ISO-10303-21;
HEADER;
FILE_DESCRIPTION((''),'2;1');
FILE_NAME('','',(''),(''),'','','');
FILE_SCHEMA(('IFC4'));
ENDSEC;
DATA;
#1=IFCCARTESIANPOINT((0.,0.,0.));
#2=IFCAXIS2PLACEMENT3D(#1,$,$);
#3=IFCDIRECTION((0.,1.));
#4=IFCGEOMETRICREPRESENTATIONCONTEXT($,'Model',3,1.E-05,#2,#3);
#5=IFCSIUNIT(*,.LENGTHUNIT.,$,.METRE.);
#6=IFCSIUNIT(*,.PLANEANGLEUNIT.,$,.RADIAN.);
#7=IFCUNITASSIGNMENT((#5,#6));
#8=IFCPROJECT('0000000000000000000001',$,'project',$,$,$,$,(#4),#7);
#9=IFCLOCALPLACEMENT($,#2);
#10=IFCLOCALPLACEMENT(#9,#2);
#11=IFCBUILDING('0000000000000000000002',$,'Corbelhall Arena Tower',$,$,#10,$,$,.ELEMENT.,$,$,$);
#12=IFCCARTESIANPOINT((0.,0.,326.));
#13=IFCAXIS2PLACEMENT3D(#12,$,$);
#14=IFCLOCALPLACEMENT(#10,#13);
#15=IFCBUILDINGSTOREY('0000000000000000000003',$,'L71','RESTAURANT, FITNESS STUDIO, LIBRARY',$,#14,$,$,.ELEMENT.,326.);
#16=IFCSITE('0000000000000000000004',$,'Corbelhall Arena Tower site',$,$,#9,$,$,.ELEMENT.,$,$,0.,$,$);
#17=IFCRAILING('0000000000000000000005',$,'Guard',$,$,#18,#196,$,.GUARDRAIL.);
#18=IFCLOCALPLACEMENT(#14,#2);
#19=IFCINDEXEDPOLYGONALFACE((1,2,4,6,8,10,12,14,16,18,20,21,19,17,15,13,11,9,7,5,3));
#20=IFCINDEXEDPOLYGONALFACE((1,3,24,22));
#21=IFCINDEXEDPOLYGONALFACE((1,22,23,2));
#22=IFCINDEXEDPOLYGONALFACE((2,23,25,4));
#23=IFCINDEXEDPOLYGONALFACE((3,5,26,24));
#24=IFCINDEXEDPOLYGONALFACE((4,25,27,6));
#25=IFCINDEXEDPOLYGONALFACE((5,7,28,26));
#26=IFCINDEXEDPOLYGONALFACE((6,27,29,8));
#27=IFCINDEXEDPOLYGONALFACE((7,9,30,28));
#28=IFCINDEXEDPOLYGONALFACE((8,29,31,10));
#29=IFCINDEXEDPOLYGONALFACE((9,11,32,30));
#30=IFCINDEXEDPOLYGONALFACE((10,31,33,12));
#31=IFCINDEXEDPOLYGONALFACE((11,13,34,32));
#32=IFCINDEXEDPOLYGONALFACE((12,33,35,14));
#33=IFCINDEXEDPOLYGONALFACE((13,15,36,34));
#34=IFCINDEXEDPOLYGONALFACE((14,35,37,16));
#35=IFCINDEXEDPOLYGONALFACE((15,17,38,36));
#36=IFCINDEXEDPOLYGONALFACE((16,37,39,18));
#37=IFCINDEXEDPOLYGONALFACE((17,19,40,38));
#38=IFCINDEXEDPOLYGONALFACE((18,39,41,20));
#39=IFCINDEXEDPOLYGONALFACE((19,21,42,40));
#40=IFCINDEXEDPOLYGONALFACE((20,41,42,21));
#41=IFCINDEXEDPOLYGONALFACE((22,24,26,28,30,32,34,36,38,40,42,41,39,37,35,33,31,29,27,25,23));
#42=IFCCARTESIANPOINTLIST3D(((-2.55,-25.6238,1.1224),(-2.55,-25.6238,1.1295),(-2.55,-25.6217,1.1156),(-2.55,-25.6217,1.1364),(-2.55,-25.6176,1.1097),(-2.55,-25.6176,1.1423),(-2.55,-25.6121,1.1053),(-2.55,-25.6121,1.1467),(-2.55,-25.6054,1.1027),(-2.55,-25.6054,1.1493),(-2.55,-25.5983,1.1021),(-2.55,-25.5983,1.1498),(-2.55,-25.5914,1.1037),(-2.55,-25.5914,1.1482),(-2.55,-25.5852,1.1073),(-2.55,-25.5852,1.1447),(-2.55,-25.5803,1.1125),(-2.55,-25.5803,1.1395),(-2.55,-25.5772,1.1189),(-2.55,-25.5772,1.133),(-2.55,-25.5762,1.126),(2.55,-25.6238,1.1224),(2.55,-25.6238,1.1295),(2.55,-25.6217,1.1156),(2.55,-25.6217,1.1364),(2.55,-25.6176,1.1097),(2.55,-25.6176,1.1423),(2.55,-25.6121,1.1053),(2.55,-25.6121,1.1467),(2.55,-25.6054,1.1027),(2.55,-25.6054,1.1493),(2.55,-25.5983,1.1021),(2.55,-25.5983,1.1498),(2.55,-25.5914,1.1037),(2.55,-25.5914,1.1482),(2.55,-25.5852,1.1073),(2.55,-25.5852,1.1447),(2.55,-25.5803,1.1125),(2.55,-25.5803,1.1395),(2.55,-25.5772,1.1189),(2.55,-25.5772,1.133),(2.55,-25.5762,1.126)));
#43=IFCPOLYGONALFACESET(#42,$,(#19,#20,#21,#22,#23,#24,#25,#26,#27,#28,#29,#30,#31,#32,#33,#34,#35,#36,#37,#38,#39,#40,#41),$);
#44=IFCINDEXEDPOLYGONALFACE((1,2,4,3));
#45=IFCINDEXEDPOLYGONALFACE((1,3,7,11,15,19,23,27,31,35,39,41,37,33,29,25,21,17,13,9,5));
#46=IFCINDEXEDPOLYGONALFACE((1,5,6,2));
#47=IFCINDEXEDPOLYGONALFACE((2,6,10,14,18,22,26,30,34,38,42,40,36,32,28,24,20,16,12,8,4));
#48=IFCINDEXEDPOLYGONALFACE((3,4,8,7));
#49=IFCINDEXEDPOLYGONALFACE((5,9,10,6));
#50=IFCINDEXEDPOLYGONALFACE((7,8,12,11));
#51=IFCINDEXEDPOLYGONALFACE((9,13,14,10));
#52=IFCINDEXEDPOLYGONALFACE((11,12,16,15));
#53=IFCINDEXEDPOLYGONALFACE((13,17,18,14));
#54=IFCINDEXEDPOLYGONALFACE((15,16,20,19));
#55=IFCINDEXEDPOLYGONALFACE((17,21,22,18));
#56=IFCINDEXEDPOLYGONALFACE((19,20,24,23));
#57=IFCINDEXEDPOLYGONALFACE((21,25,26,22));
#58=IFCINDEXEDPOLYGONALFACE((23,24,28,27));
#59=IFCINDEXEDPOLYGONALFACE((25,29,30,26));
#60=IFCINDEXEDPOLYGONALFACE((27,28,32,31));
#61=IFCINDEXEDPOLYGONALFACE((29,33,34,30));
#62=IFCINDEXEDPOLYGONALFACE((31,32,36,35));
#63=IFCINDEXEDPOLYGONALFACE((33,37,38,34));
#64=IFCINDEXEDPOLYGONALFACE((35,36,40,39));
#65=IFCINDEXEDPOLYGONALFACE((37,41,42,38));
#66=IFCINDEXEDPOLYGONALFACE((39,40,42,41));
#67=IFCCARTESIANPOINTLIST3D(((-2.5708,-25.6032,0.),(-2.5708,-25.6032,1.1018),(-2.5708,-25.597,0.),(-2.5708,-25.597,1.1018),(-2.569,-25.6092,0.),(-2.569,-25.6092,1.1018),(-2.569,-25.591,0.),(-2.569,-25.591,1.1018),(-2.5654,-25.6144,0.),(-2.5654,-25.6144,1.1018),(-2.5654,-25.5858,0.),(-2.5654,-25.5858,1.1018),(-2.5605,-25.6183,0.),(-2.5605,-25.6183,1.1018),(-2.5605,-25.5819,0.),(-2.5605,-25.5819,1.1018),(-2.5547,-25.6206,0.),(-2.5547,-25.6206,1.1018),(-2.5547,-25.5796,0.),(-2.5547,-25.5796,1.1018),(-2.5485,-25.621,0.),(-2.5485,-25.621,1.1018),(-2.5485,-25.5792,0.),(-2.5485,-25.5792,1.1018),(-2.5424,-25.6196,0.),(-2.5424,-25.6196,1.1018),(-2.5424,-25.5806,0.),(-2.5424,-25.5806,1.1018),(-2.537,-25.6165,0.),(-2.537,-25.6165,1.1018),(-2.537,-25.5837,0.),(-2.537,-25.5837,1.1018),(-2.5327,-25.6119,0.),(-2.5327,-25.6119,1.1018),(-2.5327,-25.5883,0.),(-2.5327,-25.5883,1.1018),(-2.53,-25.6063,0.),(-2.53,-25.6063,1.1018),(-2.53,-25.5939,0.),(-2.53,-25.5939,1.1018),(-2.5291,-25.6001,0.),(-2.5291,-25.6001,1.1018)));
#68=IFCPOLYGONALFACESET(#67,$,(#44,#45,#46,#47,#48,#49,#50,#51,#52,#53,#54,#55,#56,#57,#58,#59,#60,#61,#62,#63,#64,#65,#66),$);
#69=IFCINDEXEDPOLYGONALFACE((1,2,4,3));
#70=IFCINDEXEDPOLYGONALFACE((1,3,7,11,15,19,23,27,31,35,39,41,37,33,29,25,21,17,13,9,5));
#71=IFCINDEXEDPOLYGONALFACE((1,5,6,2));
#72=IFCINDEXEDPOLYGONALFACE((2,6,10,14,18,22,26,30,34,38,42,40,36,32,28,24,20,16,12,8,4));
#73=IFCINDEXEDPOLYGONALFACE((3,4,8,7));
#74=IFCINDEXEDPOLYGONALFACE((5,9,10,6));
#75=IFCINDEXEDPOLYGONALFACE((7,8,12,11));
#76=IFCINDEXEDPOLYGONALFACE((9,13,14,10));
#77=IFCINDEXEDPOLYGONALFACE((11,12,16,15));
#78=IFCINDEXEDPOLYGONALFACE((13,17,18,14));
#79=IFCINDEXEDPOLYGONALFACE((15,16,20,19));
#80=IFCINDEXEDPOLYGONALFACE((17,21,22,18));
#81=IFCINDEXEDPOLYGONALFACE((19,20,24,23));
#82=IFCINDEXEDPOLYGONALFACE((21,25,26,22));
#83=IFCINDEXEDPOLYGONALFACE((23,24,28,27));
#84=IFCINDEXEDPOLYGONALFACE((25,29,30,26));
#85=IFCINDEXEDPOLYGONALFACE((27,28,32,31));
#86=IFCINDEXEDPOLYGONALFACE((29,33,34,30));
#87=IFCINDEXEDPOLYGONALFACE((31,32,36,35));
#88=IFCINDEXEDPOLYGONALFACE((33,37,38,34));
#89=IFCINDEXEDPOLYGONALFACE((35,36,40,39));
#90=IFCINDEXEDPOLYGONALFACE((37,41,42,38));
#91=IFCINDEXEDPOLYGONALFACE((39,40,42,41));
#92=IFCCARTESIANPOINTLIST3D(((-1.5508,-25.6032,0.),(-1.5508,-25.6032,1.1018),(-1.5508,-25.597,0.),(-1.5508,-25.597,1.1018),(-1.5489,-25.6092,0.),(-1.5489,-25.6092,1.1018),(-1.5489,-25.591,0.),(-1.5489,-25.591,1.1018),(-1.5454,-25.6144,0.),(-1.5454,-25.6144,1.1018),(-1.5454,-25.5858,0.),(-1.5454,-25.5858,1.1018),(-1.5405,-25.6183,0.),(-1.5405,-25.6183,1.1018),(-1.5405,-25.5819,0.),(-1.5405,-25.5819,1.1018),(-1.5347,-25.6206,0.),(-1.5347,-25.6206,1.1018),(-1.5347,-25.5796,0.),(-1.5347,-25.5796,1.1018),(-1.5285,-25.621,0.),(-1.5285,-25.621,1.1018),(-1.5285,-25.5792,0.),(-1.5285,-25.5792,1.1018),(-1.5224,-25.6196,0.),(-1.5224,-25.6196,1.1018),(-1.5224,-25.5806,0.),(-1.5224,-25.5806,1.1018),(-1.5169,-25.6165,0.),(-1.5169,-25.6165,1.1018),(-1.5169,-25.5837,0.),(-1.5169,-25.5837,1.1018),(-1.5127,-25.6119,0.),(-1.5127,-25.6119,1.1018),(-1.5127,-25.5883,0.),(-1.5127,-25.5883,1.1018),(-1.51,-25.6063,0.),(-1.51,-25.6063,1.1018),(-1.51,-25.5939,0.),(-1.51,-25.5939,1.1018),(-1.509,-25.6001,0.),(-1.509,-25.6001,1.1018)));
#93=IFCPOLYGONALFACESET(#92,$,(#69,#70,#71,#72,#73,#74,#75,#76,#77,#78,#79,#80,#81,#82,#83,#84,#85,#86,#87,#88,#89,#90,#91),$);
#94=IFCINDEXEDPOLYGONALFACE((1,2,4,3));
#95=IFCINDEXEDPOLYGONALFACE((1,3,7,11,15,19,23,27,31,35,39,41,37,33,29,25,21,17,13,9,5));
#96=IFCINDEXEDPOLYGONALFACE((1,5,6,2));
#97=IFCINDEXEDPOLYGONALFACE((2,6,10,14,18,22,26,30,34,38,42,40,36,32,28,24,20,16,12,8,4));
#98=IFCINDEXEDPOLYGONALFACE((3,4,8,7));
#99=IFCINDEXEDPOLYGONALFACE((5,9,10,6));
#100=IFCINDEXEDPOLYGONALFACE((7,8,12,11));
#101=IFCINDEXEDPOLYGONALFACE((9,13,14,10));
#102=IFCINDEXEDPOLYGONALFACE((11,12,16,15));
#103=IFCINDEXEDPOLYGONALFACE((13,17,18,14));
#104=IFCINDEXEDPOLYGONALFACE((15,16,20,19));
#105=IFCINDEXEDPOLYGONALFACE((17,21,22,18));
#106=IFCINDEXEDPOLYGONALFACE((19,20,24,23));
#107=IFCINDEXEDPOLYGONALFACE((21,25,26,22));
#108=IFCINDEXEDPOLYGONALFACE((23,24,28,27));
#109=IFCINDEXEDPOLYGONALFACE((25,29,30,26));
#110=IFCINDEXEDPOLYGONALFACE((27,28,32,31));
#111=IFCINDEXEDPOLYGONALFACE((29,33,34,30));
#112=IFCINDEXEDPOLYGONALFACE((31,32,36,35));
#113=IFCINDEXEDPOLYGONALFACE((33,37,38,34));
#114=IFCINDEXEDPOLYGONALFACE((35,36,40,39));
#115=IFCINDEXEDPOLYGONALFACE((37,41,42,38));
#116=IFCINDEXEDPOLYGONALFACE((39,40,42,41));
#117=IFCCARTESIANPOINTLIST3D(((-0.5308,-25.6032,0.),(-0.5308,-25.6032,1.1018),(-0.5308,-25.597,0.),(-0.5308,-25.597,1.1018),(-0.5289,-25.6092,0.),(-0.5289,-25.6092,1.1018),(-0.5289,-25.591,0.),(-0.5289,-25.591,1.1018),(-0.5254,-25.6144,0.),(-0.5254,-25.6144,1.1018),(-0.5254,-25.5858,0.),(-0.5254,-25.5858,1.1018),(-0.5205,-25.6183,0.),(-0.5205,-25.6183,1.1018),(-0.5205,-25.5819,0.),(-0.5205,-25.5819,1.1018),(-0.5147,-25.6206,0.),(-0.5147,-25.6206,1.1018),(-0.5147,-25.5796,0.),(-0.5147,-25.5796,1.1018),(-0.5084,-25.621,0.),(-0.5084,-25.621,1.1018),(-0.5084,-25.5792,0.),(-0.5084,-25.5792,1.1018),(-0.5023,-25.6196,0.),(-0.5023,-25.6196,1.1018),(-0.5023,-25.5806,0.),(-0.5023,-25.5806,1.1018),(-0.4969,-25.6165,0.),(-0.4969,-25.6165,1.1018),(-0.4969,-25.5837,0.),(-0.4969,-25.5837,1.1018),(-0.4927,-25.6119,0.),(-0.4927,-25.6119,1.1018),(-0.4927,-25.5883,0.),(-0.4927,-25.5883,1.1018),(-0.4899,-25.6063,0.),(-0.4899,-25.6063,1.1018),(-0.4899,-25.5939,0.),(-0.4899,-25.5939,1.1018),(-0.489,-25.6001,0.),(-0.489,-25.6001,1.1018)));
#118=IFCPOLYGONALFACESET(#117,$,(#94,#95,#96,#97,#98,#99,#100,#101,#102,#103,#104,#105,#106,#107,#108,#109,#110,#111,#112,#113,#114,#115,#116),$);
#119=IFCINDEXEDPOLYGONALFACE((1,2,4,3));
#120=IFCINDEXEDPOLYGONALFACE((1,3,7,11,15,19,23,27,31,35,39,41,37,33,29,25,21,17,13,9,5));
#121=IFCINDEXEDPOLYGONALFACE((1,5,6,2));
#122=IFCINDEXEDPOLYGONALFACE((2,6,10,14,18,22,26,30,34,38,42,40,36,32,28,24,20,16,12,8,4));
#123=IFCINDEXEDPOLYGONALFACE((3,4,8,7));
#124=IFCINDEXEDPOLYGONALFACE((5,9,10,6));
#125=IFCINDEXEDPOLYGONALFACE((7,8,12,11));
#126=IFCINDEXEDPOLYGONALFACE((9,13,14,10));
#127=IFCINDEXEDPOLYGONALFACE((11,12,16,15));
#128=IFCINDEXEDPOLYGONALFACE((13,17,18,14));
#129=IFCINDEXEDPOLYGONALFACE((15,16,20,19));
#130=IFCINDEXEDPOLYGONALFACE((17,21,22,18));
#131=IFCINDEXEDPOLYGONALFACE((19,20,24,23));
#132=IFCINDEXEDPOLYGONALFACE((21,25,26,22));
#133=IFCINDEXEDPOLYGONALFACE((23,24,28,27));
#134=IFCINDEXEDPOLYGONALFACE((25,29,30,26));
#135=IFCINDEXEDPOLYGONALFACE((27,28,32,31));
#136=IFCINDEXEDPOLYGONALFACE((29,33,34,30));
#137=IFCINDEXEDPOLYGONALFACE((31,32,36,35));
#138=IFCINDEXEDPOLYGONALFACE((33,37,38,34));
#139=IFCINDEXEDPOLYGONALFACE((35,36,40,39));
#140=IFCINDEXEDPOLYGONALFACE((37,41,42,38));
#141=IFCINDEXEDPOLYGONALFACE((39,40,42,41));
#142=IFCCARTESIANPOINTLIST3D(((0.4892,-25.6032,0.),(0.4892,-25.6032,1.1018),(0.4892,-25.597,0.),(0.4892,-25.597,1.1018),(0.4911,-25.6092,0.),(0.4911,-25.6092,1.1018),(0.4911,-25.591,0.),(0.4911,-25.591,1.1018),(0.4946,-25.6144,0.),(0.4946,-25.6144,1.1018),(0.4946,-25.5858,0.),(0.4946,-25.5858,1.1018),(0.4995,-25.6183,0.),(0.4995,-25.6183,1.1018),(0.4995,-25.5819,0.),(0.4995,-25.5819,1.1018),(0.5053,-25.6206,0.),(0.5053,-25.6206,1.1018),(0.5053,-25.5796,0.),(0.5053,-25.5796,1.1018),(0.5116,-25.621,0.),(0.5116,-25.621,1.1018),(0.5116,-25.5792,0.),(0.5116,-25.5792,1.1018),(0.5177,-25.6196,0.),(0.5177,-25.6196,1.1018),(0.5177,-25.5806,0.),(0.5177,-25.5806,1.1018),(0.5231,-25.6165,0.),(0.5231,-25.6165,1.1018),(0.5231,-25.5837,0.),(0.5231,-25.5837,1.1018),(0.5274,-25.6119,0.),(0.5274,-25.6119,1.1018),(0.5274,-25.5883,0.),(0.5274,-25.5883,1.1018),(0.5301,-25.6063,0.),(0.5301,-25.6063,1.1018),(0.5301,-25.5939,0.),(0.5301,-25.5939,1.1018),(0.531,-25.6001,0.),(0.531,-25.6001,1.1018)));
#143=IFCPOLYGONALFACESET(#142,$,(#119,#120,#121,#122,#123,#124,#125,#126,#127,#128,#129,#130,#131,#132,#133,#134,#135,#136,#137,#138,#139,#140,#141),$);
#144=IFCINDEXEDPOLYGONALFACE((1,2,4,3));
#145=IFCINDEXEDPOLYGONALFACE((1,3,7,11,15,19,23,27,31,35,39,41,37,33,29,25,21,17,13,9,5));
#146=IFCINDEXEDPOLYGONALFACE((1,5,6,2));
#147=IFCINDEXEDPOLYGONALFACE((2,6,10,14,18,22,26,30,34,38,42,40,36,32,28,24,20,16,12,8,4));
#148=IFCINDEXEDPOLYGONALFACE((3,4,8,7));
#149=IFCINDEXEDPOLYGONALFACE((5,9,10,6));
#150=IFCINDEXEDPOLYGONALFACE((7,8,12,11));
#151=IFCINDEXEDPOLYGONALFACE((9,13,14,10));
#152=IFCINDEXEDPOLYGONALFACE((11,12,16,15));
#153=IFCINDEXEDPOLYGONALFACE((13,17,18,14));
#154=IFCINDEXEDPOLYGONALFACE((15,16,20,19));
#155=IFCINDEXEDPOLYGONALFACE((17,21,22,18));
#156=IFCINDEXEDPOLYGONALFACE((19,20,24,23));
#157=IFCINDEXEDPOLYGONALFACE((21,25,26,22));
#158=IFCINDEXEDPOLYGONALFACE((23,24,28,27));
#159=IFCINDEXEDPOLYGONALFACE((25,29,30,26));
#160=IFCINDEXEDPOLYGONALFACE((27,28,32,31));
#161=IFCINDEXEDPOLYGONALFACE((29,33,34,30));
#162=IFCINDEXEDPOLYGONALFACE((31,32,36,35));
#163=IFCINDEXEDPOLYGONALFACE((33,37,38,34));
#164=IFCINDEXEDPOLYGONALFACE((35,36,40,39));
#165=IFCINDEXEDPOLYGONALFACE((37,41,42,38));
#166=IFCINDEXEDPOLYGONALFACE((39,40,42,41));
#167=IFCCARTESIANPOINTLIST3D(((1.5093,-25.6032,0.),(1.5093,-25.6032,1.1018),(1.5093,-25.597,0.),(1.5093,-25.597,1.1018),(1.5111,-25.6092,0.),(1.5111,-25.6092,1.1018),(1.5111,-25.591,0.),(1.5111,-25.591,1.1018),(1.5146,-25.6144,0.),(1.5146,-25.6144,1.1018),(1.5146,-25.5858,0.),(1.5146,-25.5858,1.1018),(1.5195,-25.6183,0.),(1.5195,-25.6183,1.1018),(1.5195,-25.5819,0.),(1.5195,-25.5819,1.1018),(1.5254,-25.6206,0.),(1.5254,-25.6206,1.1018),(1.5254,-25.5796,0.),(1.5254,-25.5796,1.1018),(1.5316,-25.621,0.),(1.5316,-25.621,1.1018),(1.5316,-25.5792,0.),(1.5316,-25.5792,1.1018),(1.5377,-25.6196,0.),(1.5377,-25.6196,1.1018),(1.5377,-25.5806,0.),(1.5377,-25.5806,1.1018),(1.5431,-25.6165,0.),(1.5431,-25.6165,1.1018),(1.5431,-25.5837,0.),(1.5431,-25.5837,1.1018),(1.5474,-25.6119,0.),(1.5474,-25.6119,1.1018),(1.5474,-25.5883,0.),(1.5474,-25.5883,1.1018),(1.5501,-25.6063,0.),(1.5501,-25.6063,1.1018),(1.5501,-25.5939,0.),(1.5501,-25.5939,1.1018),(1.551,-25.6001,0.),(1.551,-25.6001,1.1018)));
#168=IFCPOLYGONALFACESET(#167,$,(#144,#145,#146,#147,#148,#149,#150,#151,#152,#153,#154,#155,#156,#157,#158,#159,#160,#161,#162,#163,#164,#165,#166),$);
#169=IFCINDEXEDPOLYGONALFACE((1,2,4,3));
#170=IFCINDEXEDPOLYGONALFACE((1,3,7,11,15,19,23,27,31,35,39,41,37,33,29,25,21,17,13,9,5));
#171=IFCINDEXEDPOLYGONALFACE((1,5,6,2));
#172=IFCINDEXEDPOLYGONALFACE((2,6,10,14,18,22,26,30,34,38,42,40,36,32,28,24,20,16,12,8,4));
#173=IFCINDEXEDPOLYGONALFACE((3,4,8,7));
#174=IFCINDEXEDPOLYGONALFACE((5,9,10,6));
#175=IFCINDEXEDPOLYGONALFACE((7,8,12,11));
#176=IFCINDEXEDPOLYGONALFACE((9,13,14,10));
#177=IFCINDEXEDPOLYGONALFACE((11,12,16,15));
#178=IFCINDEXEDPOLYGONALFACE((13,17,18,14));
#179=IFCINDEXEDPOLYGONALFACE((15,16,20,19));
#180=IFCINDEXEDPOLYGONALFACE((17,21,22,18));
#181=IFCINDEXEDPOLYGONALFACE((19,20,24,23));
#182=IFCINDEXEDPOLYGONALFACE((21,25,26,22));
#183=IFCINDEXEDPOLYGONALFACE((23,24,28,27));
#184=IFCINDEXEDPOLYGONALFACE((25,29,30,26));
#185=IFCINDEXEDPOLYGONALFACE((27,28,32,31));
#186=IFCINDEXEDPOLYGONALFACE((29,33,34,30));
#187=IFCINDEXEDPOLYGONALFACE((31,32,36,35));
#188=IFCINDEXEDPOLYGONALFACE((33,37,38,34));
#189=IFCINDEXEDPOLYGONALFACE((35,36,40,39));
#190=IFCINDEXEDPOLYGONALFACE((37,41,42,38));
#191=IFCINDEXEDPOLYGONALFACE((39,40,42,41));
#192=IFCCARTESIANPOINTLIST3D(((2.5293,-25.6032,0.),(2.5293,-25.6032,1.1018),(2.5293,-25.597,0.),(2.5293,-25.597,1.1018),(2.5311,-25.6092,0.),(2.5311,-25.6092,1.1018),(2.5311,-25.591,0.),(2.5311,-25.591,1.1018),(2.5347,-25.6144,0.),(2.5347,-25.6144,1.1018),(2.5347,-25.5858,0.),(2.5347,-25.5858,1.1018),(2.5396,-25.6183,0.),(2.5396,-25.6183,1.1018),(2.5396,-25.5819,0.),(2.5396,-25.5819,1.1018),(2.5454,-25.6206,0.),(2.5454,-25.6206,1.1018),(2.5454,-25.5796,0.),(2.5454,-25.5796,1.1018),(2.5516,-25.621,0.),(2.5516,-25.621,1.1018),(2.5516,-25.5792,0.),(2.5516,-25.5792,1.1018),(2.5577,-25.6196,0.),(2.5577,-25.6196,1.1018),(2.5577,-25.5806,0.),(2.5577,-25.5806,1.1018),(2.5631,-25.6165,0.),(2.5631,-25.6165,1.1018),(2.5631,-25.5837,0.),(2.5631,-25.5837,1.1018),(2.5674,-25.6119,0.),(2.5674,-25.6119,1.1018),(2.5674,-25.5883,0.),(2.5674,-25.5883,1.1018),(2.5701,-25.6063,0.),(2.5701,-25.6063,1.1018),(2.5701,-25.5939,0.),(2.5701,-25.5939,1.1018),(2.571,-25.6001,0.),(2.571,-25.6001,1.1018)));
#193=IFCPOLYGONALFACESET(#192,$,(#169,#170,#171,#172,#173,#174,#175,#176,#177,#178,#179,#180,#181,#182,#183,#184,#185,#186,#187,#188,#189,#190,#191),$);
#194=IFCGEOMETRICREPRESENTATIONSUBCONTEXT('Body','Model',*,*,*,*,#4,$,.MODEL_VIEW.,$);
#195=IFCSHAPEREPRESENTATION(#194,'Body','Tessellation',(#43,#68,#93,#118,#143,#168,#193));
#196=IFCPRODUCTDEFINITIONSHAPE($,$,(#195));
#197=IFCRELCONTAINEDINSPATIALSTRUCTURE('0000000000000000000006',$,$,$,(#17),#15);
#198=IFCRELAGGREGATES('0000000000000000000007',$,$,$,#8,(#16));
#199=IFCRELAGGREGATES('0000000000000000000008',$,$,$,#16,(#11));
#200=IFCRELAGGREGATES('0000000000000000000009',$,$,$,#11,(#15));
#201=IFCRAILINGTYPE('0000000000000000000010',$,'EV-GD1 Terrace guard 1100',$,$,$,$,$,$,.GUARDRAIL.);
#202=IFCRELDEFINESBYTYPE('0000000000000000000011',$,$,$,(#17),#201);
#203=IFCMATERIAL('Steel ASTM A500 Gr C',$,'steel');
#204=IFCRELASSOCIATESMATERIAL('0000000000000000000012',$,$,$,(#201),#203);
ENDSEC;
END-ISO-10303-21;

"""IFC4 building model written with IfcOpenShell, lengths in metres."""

from ifc_helpers import new_model, si_unit, direction, frame, origin, origin_2d, place, context, subcontext, project, spatial, circle, extrude, material, type_object, element, save


model = new_model("IFC4")

# Units and contexts
model_context = context("Model", 3, precision=1e-05, world=origin(), true_north=direction((0.0, 1.0)))
body_context = subcontext(model_context, "Body", "Model", "MODEL_VIEW")
ifc_project = project(units=[si_unit("LENGTHUNIT", "METRE"), si_unit("PLANEANGLEUNIT", "RADIAN")], contexts=[model_context])

# Site, building, storey
site_placement = place(None, origin())
site = spatial("IfcSite", under=ifc_project, at=site_placement, Name="Corbelhall Arena Tower site", CompositionType="ELEMENT", RefElevation=0.0)
building_placement = place(site_placement, origin())
building = spatial("IfcBuilding", under=site, at=building_placement, Name="Corbelhall Arena Tower", CompositionType="ELEMENT")
storey_placement = place(building_placement, frame((0.0, 0.0, 326.0)))
storey = spatial("IfcBuildingStorey", under=building, at=storey_placement, Name="L71", Description="RESTAURANT, FITNESS STUDIO, LIBRARY", CompositionType="ELEMENT", Elevation=326.0)

# Railing
ifc_material_1 = material(Name="Steel ASTM A500 Gr C", Category="steel")
railing_type = type_object("IfcRailingType", Name="EV-GD1 Terrace guard 1100", PredefinedType="GUARDRAIL", material=ifc_material_1)
railing_placement = place(storey_placement, frame((-2.55, -25.6001, 0.0)))
element("IfcRailing", 1, at=railing_placement, inside=storey, type_object=railing_type, Name="Guard", PredefinedType="GUARDRAIL", context=body_context, shape_type="SweptSolid", body=[
    extrude(circle(Radius=0.0239, at=origin_2d()), frame((0.0, 0.0, 1.126), z_axis=(1.0, 0.0, 0.0), x_axis=(0.0, 1.0, 0.0)), (0.0, 0.0, 1.0), 5.1001),
    extrude(circle(Radius=0.021, at=origin_2d()), origin(), (0.0, 0.0, 1.0), 1.1018),
    extrude(circle(Radius=0.021, at=origin_2d()), frame((1.02, 0.0, 0.0)), (0.0, 0.0, 1.0), 1.1018),
    extrude(circle(Radius=0.021, at=origin_2d()), frame((2.04, 0.0, 0.0)), (0.0, 0.0, 1.0), 1.1018),
    extrude(circle(Radius=0.021, at=origin_2d()), frame((3.0601, 0.0, 0.0)), (0.0, 0.0, 1.0), 1.1018),
    extrude(circle(Radius=0.021, at=origin_2d()), frame((4.0801, 0.0, 0.0)), (0.0, 0.0, 1.0), 1.1018),
    extrude(circle(Radius=0.021, at=origin_2d()), frame((5.1001, 0.0, 0.0)), (0.0, 0.0, 1.0), 1.1018),
])

save(model, "model.ifc")
